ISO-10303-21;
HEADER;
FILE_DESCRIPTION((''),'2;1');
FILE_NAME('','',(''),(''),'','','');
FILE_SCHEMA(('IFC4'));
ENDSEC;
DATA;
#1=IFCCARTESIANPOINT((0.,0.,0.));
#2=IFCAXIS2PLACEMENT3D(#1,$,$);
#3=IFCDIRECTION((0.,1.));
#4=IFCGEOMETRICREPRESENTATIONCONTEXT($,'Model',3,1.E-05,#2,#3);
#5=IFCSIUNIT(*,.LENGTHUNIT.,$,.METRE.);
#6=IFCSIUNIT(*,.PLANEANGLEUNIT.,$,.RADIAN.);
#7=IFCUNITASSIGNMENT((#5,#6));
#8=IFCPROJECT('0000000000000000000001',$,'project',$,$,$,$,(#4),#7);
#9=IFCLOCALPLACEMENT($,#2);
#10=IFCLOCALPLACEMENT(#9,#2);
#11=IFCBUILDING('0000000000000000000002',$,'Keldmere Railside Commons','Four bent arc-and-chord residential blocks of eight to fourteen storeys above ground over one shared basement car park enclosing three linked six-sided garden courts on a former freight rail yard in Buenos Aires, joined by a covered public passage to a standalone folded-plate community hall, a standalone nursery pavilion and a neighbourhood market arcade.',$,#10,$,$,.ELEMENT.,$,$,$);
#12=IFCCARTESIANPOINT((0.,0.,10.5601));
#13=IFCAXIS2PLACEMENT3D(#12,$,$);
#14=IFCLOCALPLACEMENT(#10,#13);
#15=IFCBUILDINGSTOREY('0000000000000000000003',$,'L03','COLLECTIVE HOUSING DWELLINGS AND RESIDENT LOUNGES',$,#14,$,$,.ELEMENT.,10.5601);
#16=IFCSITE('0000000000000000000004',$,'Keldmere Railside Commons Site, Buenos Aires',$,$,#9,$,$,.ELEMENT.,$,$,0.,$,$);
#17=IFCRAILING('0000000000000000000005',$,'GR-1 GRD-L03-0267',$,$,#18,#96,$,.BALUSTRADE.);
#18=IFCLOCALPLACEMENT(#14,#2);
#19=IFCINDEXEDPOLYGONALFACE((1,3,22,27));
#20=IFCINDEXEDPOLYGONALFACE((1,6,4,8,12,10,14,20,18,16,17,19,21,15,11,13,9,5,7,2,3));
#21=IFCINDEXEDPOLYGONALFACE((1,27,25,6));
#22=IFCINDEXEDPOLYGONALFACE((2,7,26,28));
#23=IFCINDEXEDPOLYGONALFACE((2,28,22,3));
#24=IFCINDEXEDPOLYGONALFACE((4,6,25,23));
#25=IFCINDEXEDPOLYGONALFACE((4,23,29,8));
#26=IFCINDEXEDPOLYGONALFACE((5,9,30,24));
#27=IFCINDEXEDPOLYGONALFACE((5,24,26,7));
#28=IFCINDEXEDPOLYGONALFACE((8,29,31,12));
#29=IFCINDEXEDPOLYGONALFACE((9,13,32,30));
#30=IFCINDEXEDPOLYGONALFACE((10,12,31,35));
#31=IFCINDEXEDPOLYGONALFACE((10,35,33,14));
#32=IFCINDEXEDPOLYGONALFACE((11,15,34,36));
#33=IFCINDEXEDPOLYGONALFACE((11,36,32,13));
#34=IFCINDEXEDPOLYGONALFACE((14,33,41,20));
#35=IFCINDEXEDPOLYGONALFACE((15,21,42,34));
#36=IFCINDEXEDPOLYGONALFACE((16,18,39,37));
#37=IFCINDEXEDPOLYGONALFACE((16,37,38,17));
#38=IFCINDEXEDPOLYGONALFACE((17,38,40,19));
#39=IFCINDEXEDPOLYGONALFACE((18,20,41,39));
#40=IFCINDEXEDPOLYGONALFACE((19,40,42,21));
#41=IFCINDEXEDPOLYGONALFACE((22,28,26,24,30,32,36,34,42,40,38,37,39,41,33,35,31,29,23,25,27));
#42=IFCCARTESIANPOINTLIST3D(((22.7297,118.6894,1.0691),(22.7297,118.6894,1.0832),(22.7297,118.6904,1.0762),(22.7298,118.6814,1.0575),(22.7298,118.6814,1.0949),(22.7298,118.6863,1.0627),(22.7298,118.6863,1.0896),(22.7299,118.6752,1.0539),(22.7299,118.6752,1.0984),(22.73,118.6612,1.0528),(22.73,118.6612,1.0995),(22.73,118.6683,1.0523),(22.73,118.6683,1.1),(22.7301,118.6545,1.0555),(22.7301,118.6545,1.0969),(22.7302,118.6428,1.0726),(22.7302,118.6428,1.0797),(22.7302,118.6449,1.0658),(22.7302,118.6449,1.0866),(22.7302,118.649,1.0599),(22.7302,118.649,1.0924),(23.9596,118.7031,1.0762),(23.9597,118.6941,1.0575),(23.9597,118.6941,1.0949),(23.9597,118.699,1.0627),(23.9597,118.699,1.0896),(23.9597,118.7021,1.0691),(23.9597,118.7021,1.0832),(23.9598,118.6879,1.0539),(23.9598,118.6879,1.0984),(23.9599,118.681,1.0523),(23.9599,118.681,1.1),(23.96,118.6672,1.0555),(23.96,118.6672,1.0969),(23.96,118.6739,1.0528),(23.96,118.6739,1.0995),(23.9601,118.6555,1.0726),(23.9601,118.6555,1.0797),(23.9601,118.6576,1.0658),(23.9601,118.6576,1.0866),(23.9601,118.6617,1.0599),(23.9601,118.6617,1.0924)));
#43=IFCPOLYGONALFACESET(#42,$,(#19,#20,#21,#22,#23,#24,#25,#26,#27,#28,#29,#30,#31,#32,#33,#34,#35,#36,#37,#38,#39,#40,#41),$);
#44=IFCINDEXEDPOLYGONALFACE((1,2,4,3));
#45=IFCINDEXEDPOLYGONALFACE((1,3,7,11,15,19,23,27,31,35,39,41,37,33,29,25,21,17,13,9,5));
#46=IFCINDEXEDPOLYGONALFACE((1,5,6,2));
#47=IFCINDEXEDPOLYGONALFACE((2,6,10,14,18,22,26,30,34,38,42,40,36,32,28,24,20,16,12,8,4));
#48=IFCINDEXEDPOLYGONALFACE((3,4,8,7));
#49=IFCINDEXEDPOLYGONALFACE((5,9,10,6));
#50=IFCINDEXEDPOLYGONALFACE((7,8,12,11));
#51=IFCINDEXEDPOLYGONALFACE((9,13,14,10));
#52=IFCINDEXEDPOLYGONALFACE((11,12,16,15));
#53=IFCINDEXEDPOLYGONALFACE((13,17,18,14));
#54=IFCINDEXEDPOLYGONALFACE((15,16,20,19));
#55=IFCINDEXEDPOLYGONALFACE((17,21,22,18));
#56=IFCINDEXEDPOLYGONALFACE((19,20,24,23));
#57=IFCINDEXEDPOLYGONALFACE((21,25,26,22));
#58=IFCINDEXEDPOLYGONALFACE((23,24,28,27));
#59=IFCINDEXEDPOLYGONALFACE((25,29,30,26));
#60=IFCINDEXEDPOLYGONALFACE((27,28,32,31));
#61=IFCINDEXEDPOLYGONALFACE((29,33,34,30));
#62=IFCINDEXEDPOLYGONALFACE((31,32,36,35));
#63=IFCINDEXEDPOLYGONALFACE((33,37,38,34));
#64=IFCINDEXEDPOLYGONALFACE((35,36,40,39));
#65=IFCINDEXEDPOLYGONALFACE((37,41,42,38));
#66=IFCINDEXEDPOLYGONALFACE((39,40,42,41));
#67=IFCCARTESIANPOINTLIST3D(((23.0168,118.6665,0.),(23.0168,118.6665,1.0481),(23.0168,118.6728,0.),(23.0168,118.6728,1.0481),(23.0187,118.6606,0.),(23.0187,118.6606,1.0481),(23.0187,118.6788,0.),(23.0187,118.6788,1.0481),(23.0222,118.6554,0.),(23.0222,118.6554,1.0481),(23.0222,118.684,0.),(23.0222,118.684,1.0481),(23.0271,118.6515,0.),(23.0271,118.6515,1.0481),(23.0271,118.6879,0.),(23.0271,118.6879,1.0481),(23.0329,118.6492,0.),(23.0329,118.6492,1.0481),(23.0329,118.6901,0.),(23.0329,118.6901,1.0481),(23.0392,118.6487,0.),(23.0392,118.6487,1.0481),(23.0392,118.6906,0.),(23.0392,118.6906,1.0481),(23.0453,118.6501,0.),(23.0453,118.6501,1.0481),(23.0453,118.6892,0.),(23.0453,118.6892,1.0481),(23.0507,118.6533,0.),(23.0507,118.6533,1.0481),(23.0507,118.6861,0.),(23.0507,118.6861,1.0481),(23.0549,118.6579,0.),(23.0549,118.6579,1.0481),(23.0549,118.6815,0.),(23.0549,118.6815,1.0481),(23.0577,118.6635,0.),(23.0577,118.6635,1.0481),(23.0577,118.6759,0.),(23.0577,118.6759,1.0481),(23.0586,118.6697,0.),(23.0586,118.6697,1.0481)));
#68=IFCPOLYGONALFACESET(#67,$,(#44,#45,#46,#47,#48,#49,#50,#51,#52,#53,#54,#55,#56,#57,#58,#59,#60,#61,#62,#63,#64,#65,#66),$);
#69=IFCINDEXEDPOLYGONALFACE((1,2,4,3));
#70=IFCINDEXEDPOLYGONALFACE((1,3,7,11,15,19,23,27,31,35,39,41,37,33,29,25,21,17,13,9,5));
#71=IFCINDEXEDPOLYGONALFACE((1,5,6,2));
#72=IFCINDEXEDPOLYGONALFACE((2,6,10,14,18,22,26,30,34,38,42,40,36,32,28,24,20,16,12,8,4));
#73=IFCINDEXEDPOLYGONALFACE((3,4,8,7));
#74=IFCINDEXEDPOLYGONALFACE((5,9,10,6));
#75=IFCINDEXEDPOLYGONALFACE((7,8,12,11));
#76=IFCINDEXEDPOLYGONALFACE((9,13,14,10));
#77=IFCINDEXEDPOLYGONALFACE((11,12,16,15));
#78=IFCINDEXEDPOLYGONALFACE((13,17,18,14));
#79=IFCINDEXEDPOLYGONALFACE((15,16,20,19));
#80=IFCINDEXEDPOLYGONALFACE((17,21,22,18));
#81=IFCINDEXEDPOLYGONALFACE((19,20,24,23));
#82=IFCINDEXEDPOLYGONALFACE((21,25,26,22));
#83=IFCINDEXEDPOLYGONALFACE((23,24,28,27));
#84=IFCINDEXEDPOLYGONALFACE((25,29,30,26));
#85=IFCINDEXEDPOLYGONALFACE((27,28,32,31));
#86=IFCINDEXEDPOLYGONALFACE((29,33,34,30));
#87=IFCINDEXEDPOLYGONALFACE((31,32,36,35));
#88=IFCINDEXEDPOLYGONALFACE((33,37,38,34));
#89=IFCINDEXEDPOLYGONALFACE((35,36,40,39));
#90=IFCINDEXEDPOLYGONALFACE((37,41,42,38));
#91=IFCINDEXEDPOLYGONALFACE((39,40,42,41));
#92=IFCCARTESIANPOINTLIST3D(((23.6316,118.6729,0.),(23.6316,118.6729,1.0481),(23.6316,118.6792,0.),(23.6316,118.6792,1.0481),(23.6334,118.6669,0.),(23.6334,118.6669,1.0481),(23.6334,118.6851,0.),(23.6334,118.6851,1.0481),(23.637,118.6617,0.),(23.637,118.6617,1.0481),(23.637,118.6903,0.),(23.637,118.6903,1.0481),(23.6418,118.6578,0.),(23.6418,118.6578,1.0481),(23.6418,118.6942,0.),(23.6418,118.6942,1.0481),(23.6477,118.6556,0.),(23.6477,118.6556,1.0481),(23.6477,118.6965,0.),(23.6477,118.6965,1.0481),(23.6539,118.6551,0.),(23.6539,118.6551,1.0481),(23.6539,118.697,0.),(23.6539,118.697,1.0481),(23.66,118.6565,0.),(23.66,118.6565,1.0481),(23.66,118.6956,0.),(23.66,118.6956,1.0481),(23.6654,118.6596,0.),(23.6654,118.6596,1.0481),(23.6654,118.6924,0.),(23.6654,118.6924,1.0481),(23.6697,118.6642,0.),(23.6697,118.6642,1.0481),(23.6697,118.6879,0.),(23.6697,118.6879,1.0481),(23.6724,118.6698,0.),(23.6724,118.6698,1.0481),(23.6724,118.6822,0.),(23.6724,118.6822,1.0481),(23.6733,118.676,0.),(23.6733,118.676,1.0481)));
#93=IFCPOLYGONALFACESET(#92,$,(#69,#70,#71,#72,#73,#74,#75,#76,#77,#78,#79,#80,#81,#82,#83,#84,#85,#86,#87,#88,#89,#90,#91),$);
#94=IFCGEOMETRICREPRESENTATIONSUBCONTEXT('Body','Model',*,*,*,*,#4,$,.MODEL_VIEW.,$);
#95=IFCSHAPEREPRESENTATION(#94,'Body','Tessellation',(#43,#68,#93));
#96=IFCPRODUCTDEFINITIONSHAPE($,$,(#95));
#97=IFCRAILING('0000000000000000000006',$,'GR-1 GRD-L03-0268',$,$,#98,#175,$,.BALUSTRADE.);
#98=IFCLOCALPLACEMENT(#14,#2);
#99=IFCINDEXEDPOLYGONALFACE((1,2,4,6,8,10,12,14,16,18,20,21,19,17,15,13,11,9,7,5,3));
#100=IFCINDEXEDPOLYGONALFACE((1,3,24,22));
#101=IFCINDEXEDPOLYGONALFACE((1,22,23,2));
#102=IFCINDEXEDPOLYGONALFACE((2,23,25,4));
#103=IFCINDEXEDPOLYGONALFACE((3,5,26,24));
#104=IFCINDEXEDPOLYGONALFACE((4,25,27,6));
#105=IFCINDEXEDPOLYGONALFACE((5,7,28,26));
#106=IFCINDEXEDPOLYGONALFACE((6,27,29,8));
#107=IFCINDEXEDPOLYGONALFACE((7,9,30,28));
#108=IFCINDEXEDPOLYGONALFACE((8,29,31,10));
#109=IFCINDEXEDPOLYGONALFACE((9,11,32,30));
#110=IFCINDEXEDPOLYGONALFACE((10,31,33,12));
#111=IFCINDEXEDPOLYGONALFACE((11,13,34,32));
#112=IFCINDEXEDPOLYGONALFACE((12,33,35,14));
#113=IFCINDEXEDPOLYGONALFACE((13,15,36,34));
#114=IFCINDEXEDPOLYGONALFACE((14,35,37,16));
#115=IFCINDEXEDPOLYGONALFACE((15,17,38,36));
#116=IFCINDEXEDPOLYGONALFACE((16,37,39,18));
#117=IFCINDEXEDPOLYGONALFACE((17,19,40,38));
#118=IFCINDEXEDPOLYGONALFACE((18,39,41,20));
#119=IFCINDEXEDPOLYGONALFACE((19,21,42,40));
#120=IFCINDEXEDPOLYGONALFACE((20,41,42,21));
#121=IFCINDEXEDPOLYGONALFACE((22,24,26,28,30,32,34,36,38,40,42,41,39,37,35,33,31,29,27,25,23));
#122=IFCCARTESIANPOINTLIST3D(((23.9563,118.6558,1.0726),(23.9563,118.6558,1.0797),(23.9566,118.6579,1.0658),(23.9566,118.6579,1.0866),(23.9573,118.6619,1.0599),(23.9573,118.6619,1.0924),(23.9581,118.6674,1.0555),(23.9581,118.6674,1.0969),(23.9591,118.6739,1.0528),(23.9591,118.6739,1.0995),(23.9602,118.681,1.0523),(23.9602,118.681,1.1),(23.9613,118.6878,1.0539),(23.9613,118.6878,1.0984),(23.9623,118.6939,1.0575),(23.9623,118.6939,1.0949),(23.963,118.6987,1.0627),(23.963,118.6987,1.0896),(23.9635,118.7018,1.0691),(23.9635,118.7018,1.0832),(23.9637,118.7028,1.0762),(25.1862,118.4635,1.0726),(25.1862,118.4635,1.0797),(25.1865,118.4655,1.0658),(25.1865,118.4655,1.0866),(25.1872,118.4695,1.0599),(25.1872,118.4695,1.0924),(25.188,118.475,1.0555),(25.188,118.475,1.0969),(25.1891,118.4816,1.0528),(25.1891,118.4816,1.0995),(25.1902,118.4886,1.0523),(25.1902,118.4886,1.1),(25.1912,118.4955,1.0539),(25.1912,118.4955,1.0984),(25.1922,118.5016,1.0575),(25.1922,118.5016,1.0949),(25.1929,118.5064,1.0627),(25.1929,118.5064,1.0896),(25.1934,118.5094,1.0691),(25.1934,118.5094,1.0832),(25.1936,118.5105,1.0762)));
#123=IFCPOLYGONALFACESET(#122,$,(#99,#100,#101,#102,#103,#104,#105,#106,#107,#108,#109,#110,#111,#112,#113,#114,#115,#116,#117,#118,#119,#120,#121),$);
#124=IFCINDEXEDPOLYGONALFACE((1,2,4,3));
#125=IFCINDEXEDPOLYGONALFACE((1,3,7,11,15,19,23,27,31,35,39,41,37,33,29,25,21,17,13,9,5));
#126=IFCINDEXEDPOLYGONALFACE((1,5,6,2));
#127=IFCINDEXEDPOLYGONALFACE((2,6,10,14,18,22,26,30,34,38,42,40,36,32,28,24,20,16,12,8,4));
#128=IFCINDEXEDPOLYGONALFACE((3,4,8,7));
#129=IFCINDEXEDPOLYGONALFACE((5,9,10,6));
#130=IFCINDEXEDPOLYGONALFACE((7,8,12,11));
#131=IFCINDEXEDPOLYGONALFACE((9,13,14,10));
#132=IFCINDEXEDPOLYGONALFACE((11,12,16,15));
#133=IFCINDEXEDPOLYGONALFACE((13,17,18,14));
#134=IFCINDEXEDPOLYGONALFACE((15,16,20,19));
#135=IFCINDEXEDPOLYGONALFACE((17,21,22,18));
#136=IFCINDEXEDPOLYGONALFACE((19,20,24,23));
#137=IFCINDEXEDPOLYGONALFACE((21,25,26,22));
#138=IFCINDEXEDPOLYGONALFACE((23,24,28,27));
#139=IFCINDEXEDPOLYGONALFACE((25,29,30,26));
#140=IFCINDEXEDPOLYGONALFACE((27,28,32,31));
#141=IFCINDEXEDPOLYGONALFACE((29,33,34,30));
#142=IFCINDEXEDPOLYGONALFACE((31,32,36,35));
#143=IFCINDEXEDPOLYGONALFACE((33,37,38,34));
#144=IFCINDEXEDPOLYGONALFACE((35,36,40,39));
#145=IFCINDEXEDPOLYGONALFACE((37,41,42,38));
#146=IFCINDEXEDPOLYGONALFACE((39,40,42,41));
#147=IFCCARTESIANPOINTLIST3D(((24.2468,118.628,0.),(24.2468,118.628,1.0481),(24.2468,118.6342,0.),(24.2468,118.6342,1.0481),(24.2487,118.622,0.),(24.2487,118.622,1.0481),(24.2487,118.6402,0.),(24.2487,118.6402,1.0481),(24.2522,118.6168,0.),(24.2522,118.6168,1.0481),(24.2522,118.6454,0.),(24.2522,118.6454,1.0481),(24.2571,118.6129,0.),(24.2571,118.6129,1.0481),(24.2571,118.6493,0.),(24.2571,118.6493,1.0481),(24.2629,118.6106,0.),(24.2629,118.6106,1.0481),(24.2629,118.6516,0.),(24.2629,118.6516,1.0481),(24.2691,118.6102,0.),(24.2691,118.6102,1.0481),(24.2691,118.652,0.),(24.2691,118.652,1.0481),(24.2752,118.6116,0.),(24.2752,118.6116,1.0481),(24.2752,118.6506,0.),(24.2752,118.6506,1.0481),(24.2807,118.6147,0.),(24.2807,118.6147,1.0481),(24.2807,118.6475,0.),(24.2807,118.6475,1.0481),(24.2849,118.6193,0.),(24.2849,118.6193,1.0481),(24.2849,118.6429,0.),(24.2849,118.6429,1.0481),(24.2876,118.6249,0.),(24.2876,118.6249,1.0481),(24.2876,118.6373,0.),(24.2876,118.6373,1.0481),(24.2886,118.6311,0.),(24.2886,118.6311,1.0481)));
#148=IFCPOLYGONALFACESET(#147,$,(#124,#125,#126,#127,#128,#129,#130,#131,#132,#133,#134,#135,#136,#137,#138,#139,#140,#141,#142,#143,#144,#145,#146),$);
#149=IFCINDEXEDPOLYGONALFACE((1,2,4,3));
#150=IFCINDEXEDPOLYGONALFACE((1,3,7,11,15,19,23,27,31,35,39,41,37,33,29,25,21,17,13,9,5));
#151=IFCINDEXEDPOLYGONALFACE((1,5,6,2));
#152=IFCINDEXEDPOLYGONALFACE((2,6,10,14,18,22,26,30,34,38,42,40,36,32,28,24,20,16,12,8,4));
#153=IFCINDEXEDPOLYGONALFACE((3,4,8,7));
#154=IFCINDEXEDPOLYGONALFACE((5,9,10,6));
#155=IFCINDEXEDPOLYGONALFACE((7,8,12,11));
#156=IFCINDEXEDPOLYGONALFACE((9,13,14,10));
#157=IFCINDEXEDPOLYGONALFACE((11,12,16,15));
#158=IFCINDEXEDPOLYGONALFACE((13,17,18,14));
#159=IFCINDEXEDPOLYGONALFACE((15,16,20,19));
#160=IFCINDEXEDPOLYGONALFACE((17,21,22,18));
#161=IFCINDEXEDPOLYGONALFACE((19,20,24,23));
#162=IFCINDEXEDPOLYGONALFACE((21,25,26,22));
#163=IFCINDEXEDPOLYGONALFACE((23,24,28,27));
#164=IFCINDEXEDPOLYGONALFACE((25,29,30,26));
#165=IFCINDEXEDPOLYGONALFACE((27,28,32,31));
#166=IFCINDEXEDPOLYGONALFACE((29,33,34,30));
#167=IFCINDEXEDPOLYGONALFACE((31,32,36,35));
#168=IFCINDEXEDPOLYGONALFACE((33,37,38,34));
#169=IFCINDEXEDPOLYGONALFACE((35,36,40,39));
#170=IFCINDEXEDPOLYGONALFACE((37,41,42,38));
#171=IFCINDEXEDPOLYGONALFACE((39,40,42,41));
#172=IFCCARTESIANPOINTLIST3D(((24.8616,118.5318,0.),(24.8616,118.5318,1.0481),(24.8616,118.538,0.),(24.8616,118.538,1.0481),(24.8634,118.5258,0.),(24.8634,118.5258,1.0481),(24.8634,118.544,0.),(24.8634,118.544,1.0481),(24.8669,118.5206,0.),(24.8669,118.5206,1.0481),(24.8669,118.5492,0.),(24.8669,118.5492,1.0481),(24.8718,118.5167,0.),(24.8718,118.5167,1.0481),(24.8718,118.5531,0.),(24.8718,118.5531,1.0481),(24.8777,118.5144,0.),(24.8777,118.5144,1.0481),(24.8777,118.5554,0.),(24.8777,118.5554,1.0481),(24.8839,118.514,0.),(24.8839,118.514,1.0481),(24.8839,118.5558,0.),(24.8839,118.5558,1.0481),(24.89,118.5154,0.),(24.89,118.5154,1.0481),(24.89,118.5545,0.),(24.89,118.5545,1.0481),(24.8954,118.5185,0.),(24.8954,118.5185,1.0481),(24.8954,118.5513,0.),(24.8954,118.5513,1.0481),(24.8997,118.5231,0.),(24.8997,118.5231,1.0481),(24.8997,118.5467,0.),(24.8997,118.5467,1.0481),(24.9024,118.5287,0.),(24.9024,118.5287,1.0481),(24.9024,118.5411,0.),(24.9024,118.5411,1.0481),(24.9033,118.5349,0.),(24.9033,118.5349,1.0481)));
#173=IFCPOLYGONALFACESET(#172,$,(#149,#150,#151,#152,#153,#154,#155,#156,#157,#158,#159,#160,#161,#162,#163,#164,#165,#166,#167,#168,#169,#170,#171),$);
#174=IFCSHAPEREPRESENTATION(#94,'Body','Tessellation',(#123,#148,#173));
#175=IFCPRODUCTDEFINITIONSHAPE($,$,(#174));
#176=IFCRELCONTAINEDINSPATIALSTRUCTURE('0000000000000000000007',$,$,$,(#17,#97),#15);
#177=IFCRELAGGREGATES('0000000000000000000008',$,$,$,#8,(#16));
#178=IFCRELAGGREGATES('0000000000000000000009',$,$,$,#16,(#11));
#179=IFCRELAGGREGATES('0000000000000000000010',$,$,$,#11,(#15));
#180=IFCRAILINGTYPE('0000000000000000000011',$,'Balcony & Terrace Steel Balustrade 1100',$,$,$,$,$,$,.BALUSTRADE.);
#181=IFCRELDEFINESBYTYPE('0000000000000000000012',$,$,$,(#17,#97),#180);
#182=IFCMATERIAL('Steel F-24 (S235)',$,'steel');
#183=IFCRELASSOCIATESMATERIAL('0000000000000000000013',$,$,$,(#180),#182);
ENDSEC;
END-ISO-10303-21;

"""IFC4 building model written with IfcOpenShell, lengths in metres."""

from ifc_helpers import new_model, si_unit, direction, frame, origin, origin_2d, place, context, subcontext, project, spatial, circle, extrude, material, type_object, element, save


model = new_model("IFC4")

# Units and contexts
model_context = context("Model", 3, precision=1e-05, world=origin(), true_north=direction((0.0, 1.0)))
body_context = subcontext(model_context, "Body", "Model", "MODEL_VIEW")
ifc_project = project(units=[si_unit("LENGTHUNIT", "METRE"), si_unit("PLANEANGLEUNIT", "RADIAN")], contexts=[model_context])

# Site, building, storey
site_placement = place(None, origin())
site = spatial("IfcSite", under=ifc_project, at=site_placement, Name="Keldmere Railside Commons Site, Buenos Aires", CompositionType="ELEMENT", RefElevation=0.0)
building_placement = place(site_placement, origin())
building = spatial("IfcBuilding", under=site, at=building_placement, Name="Keldmere Railside Commons", Description="Four bent arc-and-chord residential blocks of eight to fourteen storeys above ground over one shared basement car park enclosing three linked six-sided garden courts on a former freight rail yard in Buenos Aires, joined by a covered public passage to a standalone folded-plate community hall, a standalone nursery pavilion and a neighbourhood market arcade.", CompositionType="ELEMENT")
storey_placement = place(building_placement, frame((0.0, 0.0, 10.5601)))
storey = spatial("IfcBuildingStorey", under=building, at=storey_placement, Name="L03", Description="COLLECTIVE HOUSING DWELLINGS AND RESIDENT LOUNGES", CompositionType="ELEMENT", Elevation=10.5601)

# Railings
ifc_material_1 = material(Name="Steel F-24 (S235)", Category="steel")
railing_type = type_object("IfcRailingType", Name="Balcony & Terrace Steel Balustrade 1100", PredefinedType="BALUSTRADE", material=ifc_material_1)
railing_1_placement = place(storey_placement, frame((22.73, 118.6665, 0.0)))
element("IfcRailing", 1, at=railing_1_placement, inside=storey, type_object=railing_type, Name="GR-1 GRD-L03-0267", PredefinedType="BALUSTRADE", context=body_context, shape_type="SweptSolid", body=[
    extrude(circle(Radius=0.0239, at=origin_2d()), frame((0.0, 0.0, 1.0762), z_axis=(0.999947, 0.010321, 0.0), x_axis=(-0.010321, 0.999947, 0.0)), (0.0, 0.0, 1.0), 1.23),
    extrude(circle(Radius=0.021, at=origin_2d()), frame((0.3076, 0.0032, 0.0)), (0.0, 0.0, 1.0), 1.0481),
    extrude(circle(Radius=0.021, at=origin_2d()), frame((0.9224, 0.0095, 0.0)), (0.0, 0.0, 1.0), 1.0481),
])
railing_2_placement = place(storey_placement, frame((23.96, 118.6792, 0.0)))
element("IfcRailing", 2, at=railing_2_placement, inside=storey, type_object=railing_type, Name="GR-1 GRD-L03-0268", PredefinedType="BALUSTRADE", context=body_context, shape_type="SweptSolid", body=[
    extrude(circle(Radius=0.0239, at=origin_2d()), frame((0.0, 0.0, 1.0762), z_axis=(0.987988, -0.154532, 0.0), x_axis=(0.154532, 0.987988, 0.0)), (0.0, 0.0, 1.0), 1.2449),
    extrude(circle(Radius=0.021, at=origin_2d()), frame((0.3076, -0.0481, 0.0)), (0.0, 0.0, 1.0), 1.0481),
    extrude(circle(Radius=0.021, at=origin_2d()), frame((0.9224, -0.1443, 0.0)), (0.0, 0.0, 1.0), 1.0481),
])

save(model, "model.ifc")
